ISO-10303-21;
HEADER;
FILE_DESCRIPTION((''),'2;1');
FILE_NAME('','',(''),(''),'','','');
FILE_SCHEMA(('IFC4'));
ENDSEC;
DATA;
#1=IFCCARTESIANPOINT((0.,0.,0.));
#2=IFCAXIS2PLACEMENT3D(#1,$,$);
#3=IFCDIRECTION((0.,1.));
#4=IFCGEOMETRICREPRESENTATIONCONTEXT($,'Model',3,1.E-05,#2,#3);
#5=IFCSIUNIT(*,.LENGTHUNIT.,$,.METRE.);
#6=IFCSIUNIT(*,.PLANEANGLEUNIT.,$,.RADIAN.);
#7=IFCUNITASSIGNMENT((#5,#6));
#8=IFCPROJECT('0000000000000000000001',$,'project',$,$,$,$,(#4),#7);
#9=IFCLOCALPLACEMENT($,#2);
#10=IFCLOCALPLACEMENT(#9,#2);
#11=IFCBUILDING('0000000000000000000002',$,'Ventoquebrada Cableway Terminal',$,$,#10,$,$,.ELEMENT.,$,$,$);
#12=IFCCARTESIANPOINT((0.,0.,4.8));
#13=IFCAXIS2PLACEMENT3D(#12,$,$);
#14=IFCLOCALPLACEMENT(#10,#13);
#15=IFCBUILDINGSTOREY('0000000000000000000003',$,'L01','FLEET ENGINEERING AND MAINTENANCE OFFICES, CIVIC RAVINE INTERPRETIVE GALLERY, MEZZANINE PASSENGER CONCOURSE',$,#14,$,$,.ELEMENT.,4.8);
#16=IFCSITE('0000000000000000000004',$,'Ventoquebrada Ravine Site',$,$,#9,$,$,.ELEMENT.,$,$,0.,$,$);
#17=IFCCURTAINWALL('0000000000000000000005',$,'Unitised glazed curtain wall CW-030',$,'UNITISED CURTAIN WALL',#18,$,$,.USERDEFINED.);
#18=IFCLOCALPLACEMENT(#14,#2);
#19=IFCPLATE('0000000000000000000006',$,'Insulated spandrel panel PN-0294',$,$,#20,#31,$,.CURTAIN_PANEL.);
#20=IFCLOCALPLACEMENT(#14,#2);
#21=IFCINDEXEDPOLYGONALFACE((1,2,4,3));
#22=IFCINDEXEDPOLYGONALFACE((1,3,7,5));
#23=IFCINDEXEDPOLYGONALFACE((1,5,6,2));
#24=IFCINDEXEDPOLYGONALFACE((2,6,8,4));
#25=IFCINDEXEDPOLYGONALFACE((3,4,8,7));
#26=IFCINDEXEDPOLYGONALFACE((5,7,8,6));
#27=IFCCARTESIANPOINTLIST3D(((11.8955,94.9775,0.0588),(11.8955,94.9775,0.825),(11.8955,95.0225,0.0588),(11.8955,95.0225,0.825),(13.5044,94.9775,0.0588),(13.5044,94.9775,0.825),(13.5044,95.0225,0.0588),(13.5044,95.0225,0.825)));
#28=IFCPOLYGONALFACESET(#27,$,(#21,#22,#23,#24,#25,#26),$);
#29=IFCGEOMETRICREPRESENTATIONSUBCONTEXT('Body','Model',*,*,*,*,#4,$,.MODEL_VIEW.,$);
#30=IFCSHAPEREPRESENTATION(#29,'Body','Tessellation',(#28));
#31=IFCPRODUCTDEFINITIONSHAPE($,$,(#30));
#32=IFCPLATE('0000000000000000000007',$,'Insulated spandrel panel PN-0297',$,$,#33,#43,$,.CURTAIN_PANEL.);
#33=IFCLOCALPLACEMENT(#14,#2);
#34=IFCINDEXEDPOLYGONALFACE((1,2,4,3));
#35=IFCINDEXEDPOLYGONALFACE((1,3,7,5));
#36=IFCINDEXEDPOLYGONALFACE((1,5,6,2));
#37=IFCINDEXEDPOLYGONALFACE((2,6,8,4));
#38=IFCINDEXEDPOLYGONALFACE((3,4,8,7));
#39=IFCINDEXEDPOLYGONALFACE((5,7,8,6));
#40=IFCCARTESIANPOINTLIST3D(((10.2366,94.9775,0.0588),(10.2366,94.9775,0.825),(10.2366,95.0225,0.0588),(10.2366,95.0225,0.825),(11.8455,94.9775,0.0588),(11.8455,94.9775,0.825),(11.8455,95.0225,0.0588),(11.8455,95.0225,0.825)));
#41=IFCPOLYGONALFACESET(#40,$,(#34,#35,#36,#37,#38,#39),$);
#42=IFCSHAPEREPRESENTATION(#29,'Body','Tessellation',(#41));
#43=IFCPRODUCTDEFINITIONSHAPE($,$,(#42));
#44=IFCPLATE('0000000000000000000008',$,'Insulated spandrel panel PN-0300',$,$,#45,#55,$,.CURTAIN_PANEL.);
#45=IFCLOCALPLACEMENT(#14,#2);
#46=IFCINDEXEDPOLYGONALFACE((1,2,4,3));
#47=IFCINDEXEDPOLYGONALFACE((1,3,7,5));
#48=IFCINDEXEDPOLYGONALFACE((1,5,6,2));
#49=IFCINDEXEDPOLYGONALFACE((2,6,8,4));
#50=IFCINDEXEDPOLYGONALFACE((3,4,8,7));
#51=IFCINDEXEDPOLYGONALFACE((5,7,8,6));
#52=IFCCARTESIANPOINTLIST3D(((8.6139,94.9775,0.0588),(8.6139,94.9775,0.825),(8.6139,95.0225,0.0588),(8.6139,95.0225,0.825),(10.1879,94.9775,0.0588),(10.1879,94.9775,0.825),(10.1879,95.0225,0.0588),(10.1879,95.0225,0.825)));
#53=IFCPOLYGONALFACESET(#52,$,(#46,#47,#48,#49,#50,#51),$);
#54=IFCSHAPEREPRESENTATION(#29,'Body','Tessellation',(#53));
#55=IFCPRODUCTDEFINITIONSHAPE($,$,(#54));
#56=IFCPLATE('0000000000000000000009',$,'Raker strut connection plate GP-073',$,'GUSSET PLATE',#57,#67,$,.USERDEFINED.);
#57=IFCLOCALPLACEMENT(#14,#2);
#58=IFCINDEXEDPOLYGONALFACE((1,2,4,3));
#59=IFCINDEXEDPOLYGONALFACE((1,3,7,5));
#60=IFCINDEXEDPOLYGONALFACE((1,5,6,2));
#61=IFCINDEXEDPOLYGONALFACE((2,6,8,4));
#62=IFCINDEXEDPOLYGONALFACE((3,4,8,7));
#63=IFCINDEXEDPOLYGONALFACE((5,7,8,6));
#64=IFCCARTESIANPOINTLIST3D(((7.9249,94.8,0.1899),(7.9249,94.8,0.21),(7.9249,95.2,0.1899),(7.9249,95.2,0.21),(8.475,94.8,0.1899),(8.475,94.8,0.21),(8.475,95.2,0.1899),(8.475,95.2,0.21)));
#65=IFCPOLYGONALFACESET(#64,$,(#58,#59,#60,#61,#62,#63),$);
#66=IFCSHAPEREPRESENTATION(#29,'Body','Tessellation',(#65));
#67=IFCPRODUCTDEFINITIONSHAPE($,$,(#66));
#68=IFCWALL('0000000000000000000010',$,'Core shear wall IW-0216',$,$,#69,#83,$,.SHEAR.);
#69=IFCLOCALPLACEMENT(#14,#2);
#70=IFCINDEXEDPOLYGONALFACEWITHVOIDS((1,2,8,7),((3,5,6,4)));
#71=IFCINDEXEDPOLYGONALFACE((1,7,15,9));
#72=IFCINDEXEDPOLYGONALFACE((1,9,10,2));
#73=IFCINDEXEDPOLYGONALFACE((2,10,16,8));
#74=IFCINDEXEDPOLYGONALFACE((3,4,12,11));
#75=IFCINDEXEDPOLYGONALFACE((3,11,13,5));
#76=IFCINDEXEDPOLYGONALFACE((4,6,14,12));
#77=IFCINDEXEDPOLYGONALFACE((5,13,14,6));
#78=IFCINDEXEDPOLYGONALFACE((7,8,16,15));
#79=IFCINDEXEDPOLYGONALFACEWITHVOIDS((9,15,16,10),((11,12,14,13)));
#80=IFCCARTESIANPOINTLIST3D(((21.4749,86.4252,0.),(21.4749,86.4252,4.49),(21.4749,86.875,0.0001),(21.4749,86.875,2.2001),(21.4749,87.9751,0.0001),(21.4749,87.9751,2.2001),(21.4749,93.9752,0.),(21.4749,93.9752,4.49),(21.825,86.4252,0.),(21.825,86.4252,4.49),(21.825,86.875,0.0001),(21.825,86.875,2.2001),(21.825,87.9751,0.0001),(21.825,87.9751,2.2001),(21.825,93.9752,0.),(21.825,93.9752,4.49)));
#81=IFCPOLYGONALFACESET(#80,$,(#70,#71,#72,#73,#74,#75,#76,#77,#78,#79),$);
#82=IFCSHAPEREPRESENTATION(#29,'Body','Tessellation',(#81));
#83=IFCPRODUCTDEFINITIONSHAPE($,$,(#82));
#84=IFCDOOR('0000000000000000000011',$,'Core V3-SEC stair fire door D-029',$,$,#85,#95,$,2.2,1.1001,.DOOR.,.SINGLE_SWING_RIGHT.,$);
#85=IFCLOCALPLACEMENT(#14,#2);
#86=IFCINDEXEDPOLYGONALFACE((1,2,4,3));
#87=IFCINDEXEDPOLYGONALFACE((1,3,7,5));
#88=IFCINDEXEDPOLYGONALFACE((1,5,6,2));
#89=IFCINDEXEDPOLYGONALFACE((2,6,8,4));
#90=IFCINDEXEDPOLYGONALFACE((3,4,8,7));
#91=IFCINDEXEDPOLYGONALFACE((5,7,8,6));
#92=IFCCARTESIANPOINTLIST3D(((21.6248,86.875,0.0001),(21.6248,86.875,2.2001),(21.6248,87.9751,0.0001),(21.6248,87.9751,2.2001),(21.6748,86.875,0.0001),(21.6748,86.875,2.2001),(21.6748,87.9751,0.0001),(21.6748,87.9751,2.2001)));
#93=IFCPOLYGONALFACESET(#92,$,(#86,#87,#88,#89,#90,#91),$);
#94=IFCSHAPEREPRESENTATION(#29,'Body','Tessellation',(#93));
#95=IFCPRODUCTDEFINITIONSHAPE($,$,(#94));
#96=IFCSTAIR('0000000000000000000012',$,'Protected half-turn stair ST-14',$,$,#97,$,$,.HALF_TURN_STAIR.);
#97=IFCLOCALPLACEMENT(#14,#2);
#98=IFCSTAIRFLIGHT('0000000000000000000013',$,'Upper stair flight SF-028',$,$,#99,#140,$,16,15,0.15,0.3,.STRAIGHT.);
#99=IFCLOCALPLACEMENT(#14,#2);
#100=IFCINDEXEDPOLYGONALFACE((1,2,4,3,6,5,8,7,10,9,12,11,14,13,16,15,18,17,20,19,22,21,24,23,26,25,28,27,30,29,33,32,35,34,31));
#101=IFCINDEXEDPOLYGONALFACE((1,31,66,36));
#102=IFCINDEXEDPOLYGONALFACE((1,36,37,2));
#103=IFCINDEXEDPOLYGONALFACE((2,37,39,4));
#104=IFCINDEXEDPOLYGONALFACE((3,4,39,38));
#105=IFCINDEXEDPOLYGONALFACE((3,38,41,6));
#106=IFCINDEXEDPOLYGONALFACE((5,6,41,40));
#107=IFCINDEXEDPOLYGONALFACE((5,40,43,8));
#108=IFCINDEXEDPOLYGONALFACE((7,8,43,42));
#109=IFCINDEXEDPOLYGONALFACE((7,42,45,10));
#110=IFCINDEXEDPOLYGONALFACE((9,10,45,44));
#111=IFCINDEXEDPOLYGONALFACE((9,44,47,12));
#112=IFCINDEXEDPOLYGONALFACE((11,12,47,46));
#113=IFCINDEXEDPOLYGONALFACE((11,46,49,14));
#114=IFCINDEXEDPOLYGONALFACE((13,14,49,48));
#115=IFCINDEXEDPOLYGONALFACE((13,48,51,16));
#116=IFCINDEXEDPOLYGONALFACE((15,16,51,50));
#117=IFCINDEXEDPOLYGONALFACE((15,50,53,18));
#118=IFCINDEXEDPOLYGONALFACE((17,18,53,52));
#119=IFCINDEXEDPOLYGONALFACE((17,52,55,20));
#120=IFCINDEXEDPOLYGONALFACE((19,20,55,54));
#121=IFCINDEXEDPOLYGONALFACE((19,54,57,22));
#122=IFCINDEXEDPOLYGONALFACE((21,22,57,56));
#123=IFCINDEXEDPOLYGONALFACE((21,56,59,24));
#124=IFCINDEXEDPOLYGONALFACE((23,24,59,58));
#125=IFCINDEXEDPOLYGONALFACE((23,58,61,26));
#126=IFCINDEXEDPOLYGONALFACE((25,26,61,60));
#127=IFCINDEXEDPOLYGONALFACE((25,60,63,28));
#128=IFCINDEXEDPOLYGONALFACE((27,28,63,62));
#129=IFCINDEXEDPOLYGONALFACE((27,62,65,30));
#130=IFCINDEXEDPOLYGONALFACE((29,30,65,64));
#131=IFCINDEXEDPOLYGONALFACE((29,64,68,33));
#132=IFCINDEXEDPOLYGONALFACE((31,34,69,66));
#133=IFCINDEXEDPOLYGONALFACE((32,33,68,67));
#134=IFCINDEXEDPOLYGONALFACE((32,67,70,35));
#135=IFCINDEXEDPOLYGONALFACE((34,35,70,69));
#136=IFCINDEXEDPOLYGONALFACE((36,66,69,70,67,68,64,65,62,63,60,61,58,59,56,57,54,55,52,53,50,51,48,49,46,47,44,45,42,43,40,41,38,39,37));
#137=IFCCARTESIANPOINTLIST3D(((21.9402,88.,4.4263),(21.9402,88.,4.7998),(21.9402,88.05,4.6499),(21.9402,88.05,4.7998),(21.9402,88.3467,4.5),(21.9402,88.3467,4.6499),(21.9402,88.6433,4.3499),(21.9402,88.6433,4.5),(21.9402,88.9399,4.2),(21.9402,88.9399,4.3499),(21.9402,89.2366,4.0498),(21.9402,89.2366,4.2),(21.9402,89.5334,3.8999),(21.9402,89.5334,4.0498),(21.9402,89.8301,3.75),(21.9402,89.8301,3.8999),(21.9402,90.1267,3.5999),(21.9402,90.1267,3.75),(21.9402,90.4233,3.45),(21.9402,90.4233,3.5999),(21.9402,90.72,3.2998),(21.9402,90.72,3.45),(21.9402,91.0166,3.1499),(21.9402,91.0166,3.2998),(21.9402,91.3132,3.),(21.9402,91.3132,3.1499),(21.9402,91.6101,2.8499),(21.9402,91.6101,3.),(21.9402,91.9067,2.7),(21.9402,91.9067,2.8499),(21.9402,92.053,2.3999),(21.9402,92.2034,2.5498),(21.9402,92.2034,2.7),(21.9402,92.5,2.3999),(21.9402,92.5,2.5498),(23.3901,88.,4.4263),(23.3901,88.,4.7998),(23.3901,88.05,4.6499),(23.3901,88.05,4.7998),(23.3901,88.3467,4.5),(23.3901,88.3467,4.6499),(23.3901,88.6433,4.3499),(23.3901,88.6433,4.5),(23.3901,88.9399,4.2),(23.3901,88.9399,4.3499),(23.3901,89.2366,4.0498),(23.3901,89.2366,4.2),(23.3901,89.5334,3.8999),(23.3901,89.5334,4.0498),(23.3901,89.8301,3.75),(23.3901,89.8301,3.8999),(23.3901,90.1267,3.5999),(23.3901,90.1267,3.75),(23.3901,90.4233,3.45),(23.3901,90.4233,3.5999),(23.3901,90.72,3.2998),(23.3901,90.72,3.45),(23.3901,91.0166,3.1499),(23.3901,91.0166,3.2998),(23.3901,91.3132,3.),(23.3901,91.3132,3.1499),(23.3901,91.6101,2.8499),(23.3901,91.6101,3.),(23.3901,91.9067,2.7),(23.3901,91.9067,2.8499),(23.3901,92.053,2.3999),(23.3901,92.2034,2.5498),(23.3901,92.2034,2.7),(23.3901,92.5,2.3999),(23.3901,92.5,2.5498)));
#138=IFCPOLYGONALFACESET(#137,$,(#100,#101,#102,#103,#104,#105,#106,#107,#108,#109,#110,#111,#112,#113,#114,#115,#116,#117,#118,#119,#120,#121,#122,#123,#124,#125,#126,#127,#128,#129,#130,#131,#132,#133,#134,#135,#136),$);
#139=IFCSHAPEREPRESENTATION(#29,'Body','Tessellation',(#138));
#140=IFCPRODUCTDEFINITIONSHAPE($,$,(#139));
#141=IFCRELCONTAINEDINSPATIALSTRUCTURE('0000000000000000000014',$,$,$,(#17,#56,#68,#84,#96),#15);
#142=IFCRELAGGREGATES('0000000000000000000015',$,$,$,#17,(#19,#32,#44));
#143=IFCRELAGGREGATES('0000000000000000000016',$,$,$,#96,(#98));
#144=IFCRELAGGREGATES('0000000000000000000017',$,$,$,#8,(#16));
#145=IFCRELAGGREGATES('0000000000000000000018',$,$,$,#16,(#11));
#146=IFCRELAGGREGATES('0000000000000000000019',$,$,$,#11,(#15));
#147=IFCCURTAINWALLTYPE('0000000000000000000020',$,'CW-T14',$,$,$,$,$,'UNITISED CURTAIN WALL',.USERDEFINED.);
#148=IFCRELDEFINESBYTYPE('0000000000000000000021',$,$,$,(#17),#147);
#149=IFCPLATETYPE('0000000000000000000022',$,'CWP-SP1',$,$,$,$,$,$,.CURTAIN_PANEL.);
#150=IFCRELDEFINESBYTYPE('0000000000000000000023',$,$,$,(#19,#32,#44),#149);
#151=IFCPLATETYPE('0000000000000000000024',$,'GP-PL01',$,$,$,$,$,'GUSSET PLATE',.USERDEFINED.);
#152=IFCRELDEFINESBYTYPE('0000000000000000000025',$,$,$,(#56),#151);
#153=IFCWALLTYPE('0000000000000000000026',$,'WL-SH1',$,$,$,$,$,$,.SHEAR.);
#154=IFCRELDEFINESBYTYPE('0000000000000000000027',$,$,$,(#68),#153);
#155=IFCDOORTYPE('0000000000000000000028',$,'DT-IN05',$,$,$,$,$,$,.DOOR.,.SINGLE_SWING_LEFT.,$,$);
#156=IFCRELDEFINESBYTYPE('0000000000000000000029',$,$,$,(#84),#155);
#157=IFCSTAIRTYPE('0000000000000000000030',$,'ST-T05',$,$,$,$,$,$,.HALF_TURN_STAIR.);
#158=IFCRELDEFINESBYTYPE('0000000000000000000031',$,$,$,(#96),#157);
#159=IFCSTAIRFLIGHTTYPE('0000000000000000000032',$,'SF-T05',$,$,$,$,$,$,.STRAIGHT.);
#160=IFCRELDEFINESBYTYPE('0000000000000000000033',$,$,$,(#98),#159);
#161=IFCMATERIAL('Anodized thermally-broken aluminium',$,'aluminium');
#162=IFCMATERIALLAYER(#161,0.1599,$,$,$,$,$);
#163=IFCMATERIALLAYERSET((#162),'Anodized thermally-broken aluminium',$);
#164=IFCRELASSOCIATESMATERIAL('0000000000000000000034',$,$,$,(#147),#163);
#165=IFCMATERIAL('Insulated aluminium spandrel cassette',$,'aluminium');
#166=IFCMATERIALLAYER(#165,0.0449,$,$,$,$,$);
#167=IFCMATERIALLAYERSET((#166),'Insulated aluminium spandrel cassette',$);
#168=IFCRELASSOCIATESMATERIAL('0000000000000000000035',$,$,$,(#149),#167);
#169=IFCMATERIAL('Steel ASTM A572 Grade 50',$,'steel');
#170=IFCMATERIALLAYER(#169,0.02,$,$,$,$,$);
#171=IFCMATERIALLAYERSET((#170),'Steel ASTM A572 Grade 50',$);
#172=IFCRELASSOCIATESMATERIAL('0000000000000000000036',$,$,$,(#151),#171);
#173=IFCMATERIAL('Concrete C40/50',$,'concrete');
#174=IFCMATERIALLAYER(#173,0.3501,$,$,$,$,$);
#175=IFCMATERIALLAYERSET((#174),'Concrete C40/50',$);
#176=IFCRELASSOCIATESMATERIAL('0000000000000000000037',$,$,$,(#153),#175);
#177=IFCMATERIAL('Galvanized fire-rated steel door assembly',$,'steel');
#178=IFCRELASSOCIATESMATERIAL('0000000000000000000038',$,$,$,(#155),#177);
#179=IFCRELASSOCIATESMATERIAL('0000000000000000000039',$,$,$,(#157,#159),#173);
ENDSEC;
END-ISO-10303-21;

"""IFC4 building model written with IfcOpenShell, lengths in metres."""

from ifc_helpers import new_model, si_unit, direction, frame, frame_2d, origin, origin_2d, place, context, subcontext, project, spatial, polyline, rectangle, outline, extrude, material, layer, layer_set, type_object, element, fill, aggregate, save


model = new_model("IFC4")

# Units and contexts
model_context = context("Model", 3, precision=1e-05, world=origin(), true_north=direction((0.0, 1.0)))
body_context = subcontext(model_context, "Body", "Model", "MODEL_VIEW")
ifc_project = project(units=[si_unit("LENGTHUNIT", "METRE"), si_unit("PLANEANGLEUNIT", "RADIAN")], contexts=[model_context])

# Site, building, storey
site_placement = place(None, origin())
site = spatial("IfcSite", under=ifc_project, at=site_placement, Name="Ventoquebrada Ravine Site", CompositionType="ELEMENT", RefElevation=0.0)
building_placement = place(site_placement, origin())
building = spatial("IfcBuilding", under=site, at=building_placement, Name="Ventoquebrada Cableway Terminal", CompositionType="ELEMENT")
storey_placement = place(building_placement, frame((0.0, 0.0, 4.8)))
storey = spatial("IfcBuildingStorey", under=building, at=storey_placement, Name="L01", Description="FLEET ENGINEERING AND MAINTENANCE OFFICES, CIVIC RAVINE INTERPRETIVE GALLERY, MEZZANINE PASSENGER CONCOURSE", CompositionType="ELEMENT", Elevation=4.8)

# Shared definitions
ifc_material_1 = material(Name="Concrete C40/50", Category="concrete")

# Curtain wall
ifc_material_2 = material(Name="Anodized thermally-broken aluminium", Category="aluminium")
ifc_layer_1 = layer(ifc_material_2, 0.1599)
ifc_layer_set_1 = layer_set([ifc_layer_1], Name="Anodized thermally-broken aluminium")
curtain_wall_type_1 = type_object("IfcCurtainWallType", Name="CW-T14", ElementType="UNITISED CURTAIN WALL", PredefinedType="USERDEFINED", material=ifc_layer_set_1)
curtain_wall_1_placement = place(storey_placement, origin())
curtain_wall_1 = element("IfcCurtainWall", 1, at=curtain_wall_1_placement, inside=storey, type_object=curtain_wall_type_1, Name="Unitised glazed curtain wall CW-030", ObjectType="UNITISED CURTAIN WALL", PredefinedType="USERDEFINED")

# Plates
ifc_material_3 = material(Name="Insulated aluminium spandrel cassette", Category="aluminium")
ifc_layer_2 = layer(ifc_material_3, 0.0449)
ifc_layer_set_2 = layer_set([ifc_layer_2], Name="Insulated aluminium spandrel cassette")
plate_type_1 = type_object("IfcPlateType", Name="CWP-SP1", PredefinedType="CURTAIN_PANEL", material=ifc_layer_set_2)
plate_1_placement = place(storey_placement, frame((12.7, 95.0, 0.0588), z_axis=(0.0, 0.0, 1.0), x_axis=(-1.0, 0.0, 0.0)))
plate_1 = element("IfcPlate", 2, at=plate_1_placement, type_object=plate_type_1, Name="Insulated spandrel panel PN-0294", PredefinedType="CURTAIN_PANEL", context=body_context, shape_type="SweptSolid", body=[
    extrude(rectangle(XDim=1.6089, YDim=0.0449, at=origin_2d()), origin(), (0.0, 0.0, 1.0), 0.7661),
])
plate_2_placement = place(storey_placement, frame((11.041, 95.0, 0.0588), z_axis=(0.0, 0.0, 1.0), x_axis=(-1.0, 0.0, 0.0)))
plate_2 = element("IfcPlate", 3, at=plate_2_placement, type_object=plate_type_1, Name="Insulated spandrel panel PN-0297", PredefinedType="CURTAIN_PANEL", context=body_context, shape_type="SweptSolid", body=[
    extrude(rectangle(XDim=1.6089, YDim=0.0449, at=origin_2d()), origin(), (0.0, 0.0, 1.0), 0.7661),
])
plate_3_placement = place(storey_placement, frame((9.4009, 95.0, 0.0588), z_axis=(0.0, 0.0, 1.0), x_axis=(-1.0, 0.0, 0.0)))
plate_3 = element("IfcPlate", 4, at=plate_3_placement, type_object=plate_type_1, Name="Insulated spandrel panel PN-0300", PredefinedType="CURTAIN_PANEL", context=body_context, shape_type="SweptSolid", body=[
    extrude(rectangle(XDim=1.574, YDim=0.0449, at=origin_2d()), origin(), (0.0, 0.0, 1.0), 0.7661),
])
aggregate(curtain_wall_1, [plate_1, plate_2, plate_3])
ifc_material_4 = material(Name="Steel ASTM A572 Grade 50", Category="steel")
ifc_layer_3 = layer(ifc_material_4, 0.02)
ifc_layer_set_3 = layer_set([ifc_layer_3], Name="Steel ASTM A572 Grade 50")
plate_type_2 = type_object("IfcPlateType", Name="GP-PL01", ElementType="GUSSET PLATE", PredefinedType="USERDEFINED", material=ifc_layer_set_3)
plate_4_placement = place(storey_placement, frame((8.2, 95.0, 0.1899), z_axis=(0.0, 0.0, 1.0), x_axis=(1.0, 0.0, 0.0)))
element("IfcPlate", 5, at=plate_4_placement, inside=storey, type_object=plate_type_2, Name="Raker strut connection plate GP-073", ObjectType="GUSSET PLATE", PredefinedType="USERDEFINED", context=body_context, shape_type="SweptSolid", body=[
    extrude(rectangle(XDim=0.55, YDim=0.3999, at=origin_2d()), origin(), (0.0, 0.0, 1.0), 0.02),
])

# Wall, opening, door
ifc_layer_4 = layer(ifc_material_1, 0.3501)
ifc_layer_set_4 = layer_set([ifc_layer_4], Name="Concrete C40/50")
wall_type = type_object("IfcWallType", Name="WL-SH1", PredefinedType="SHEAR", material=ifc_layer_set_4)
wall_placement = place(storey_placement, frame((21.6499, 93.9751, 0.0), z_axis=(0.0, 0.0, 1.0), x_axis=(0.0, -1.0, 0.0)))
wall = element("IfcWall", 6, at=wall_placement, inside=storey, type_object=wall_type, Name="Core shear wall IW-0216", PredefinedType="SHEAR", context=body_context, shape_type="SweptSolid", body=[
    extrude(rectangle(XDim=7.55, YDim=0.3501, at=frame_2d((3.7749, 0.0))), origin(), (0.0, 0.0, 1.0), 4.49),
])
opening_placement = place(wall_placement, frame((6.0, 0.0, 0.0)))
opening = element("IfcOpeningElement", 7, at=opening_placement, cuts=wall, PredefinedType="OPENING", context=body_context, shape_type="SweptSolid", body=[
    extrude(rectangle(XDim=1.1001, YDim=2.2, at=frame_2d((0.55, 1.1001))), frame((0.0, 0.1851, 0.0), z_axis=(0.0, -1.0, 0.0), x_axis=(1.0, 0.0, 0.0)), (0.0, 0.0, 1.0), 0.3701),
])
ifc_material_5 = material(Name="Galvanized fire-rated steel door assembly", Category="steel")
door_type = type_object("IfcDoorType", Name="DT-IN05", OperationType="SINGLE_SWING_LEFT", PredefinedType="DOOR", material=ifc_material_5)
door_placement = place(opening_placement, origin())
door = element("IfcDoor", 8, at=door_placement, inside=storey, type_object=door_type, Name="Core V3-SEC stair fire door D-029", OperationType="SINGLE_SWING_RIGHT", OverallHeight=2.2, OverallWidth=1.1001, PredefinedType="DOOR", context=body_context, shape_type="SweptSolid", body=[
    extrude(rectangle(XDim=1.1001, YDim=2.2, at=frame_2d((0.55, 1.1001))), frame((0.0, 0.0249, 0.0), z_axis=(0.0, -1.0, 0.0), x_axis=(1.0, 0.0, 0.0)), (0.0, 0.0, 1.0), 0.05),
])
fill(opening, door)

# Stair, stair flight
stair_type = type_object("IfcStairType", Name="ST-T05", PredefinedType="HALF_TURN_STAIR", material=ifc_material_1)
stair_placement = place(storey_placement, origin())
stair = element("IfcStair", 9, at=stair_placement, inside=storey, type_object=stair_type, Name="Protected half-turn stair ST-14", PredefinedType="HALF_TURN_STAIR")
stair_flight_type = type_object("IfcStairFlightType", Name="SF-T05", PredefinedType="STRAIGHT", material=ifc_material_1)
stair_flight_placement = place(storey_placement, frame((22.665, 92.5, 2.3999), z_axis=(0.0, 0.0, 1.0), x_axis=(0.0, -1.0, 0.0)))
stair_flight = element("IfcStairFlight", 10, at=stair_flight_placement, type_object=stair_flight_type, Name="Upper stair flight SF-028", NumberOfRisers=16, NumberOfTreads=15, PredefinedType="STRAIGHT", RiserHeight=0.15, TreadLength=0.3, context=body_context, shape_type="SweptSolid", body=[
    extrude(outline(polyline([(0.0, 0.0), (0.0, 0.1499), (0.2966, 0.1499), (0.2966, 0.3), (0.5933, 0.3), (0.5933, 0.45), (0.8899, 0.45), (0.8899, 0.6001), (1.1868, 0.6001), (1.1868, 0.75), (1.4834, 0.75), (1.4834, 0.8999), (1.78, 0.8999), (1.78, 1.05), (2.0767, 1.05), (2.0767, 1.2), (2.3733, 1.2), (2.3733, 1.3501), (2.6699, 1.3501), (2.6699, 1.5), (2.9666, 1.5), (2.9666, 1.6499), (3.2634, 1.6499), (3.2634, 1.8), (3.5601, 1.8), (3.5601, 1.95), (3.8567, 1.95), (3.8567, 2.1001), (4.1533, 2.1001), (4.1533, 2.25), (4.45, 2.25), (4.45, 2.3999), (4.5, 2.3999), (4.5, 2.0264), (0.447, 0.0), (0.0, 0.0)])), frame((0.0, 0.7251, 0.0), z_axis=(0.0, -1.0, 0.0), x_axis=(1.0, 0.0, 0.0)), (0.0, 0.0, 1.0), 1.45),
])
aggregate(stair, [stair_flight])

save(model, "model.ifc")
